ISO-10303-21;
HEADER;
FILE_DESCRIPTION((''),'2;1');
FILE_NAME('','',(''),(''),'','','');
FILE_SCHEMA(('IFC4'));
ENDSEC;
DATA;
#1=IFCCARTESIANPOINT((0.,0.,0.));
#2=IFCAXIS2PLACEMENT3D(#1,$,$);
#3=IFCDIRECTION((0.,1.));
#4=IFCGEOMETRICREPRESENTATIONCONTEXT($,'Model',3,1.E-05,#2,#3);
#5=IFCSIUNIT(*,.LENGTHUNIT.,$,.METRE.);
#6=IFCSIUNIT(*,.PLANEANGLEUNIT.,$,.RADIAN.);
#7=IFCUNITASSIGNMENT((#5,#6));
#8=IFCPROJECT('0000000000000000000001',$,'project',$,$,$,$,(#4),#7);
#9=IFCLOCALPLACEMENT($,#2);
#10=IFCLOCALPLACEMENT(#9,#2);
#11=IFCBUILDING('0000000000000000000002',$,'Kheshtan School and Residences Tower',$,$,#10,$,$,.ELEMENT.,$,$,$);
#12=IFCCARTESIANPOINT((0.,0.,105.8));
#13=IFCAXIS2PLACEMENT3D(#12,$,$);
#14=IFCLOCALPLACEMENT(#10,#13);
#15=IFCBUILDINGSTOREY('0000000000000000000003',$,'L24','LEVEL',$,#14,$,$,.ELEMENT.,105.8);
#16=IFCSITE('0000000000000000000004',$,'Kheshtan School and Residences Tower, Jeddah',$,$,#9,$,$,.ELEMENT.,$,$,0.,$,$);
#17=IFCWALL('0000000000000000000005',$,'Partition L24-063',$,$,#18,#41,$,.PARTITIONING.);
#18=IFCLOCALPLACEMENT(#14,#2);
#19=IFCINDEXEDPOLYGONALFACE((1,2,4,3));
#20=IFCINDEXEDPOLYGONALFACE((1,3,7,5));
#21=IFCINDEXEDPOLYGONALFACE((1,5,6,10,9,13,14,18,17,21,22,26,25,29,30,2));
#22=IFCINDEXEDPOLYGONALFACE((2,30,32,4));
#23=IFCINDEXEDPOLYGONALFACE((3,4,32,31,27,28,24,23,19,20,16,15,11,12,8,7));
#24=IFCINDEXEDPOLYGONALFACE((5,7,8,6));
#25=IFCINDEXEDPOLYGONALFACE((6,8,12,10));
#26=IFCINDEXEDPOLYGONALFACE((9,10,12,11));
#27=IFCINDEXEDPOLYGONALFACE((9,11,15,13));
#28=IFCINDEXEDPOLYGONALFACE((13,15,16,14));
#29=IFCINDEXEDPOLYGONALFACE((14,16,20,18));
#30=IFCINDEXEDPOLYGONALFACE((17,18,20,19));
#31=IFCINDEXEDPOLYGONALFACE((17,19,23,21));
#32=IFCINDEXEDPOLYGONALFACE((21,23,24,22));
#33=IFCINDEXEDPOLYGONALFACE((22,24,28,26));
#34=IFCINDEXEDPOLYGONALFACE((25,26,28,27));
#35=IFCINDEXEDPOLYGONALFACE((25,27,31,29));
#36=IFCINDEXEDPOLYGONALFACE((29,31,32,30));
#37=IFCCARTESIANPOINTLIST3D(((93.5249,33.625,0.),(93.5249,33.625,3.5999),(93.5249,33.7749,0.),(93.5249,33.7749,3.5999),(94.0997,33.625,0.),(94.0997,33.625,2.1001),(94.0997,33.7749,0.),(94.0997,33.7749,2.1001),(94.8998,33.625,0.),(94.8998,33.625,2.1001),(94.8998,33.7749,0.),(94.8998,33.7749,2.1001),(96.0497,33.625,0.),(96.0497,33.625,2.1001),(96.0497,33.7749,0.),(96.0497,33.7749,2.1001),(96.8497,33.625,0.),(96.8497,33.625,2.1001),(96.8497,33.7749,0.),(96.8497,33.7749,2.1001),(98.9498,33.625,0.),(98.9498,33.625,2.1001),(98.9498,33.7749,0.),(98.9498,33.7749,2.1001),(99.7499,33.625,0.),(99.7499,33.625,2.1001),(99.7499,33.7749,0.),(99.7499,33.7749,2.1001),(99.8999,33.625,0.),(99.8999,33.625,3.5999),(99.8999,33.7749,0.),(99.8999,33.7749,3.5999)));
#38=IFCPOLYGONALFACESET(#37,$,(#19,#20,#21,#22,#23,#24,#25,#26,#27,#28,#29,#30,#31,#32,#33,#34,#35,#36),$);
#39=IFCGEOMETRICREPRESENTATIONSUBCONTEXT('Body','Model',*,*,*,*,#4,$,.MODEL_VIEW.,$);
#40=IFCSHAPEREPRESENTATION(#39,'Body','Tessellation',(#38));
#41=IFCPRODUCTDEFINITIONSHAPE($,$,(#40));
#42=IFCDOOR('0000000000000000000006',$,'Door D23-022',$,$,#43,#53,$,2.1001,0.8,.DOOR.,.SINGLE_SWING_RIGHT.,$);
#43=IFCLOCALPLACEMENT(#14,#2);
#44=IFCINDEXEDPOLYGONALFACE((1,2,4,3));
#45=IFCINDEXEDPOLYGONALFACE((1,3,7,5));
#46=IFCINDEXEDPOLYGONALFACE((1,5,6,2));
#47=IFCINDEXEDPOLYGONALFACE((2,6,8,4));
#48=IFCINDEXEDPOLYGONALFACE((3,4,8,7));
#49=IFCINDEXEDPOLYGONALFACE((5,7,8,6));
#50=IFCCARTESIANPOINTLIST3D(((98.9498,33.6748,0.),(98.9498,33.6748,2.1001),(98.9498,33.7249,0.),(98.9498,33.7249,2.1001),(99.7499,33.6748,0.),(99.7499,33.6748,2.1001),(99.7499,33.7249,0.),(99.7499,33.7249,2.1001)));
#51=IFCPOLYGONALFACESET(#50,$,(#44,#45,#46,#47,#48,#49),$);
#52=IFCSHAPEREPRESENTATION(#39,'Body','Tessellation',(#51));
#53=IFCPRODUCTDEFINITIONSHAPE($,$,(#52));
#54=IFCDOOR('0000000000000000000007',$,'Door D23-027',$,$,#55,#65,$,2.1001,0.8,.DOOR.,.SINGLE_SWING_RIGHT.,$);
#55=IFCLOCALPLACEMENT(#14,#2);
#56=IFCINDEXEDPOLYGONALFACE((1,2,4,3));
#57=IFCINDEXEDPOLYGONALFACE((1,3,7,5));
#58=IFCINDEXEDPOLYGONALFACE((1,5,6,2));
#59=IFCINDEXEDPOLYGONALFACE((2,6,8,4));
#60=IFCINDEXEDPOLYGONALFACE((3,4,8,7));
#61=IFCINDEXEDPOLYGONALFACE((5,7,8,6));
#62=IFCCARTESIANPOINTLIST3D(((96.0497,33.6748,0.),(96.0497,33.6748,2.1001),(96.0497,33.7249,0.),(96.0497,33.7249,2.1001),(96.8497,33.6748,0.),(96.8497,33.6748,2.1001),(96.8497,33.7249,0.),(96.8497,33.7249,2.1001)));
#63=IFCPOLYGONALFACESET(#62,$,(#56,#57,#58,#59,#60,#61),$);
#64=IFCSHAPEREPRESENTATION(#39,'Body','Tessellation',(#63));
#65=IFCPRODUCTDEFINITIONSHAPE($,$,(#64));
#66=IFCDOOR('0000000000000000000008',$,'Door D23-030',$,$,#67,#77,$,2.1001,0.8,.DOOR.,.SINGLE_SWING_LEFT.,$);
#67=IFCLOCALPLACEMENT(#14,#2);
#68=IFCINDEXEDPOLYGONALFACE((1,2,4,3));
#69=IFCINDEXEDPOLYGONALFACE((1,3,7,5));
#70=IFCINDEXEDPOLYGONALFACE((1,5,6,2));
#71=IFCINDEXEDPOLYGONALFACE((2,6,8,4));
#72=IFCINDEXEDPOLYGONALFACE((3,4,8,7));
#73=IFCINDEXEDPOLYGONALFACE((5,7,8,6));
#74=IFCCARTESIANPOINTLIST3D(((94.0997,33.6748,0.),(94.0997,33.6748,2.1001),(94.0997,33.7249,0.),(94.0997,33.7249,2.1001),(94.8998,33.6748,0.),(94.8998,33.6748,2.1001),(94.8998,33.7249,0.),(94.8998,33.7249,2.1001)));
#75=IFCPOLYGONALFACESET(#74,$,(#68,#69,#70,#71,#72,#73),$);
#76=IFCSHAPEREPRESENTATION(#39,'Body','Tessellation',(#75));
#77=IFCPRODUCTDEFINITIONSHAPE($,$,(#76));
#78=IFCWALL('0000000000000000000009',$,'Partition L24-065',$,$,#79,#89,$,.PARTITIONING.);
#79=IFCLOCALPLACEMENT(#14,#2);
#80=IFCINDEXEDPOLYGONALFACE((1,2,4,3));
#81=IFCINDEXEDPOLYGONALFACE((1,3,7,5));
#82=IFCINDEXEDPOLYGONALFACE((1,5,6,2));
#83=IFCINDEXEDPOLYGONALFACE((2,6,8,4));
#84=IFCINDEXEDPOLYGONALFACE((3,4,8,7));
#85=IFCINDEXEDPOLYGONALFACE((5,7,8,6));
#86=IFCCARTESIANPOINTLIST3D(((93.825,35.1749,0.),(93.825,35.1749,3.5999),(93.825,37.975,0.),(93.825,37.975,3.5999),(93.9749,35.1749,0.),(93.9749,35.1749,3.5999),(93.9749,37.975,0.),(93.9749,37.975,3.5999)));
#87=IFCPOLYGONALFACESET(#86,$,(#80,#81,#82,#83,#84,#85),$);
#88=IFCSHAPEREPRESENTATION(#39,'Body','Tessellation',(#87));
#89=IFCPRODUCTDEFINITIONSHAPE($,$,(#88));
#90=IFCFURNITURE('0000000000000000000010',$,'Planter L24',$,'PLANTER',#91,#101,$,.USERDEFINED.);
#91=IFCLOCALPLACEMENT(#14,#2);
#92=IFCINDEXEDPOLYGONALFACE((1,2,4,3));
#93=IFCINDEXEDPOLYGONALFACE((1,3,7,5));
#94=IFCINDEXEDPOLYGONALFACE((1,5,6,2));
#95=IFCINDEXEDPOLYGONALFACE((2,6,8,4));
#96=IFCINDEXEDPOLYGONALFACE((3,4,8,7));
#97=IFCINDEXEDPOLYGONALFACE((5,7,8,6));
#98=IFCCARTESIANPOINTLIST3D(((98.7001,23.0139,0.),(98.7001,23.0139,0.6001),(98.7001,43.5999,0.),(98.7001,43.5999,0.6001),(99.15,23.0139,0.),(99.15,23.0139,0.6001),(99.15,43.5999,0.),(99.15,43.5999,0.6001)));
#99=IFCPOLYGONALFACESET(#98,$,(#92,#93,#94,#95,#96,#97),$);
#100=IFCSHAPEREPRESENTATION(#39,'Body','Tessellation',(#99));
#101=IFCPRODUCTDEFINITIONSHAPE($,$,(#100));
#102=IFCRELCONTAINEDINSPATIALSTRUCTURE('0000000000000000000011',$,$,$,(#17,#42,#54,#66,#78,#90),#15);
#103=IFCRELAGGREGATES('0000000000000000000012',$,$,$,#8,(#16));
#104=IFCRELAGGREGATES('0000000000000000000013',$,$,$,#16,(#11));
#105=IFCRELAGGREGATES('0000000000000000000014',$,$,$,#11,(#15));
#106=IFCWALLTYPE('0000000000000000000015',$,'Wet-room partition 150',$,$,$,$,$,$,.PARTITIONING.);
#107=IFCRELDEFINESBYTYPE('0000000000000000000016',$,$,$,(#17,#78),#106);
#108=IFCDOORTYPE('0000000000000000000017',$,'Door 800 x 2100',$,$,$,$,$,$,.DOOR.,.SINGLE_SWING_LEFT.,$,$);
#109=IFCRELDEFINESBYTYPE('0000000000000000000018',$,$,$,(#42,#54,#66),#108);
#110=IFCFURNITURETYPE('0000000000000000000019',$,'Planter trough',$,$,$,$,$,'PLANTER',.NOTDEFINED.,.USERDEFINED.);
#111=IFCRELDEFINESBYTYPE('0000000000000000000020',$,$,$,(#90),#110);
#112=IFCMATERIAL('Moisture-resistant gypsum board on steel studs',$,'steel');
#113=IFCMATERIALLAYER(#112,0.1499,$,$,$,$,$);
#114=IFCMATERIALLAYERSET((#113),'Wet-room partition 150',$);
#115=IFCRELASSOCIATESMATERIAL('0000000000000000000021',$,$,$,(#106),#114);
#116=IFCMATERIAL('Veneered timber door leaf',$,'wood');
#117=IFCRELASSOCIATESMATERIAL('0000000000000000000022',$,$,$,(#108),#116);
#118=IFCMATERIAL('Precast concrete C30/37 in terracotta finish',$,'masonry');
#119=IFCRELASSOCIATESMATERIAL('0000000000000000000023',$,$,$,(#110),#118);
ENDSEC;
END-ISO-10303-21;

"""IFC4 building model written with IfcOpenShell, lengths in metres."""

from ifc_helpers import new_model, si_unit, direction, frame, frame_2d, origin, origin_2d, place, context, subcontext, project, spatial, rectangle, extrude, source, transform, mapped, material, layer, layer_set, type_object, element, fill, save


model = new_model("IFC4")

# Units and contexts
model_context = context("Model", 3, precision=1e-05, world=origin(), true_north=direction((0.0, 1.0)))
body_context = subcontext(model_context, "Body", "Model", "MODEL_VIEW")
ifc_project = project(units=[si_unit("LENGTHUNIT", "METRE"), si_unit("PLANEANGLEUNIT", "RADIAN")], contexts=[model_context])

# Site, building, storey
site_placement = place(None, origin())
site = spatial("IfcSite", under=ifc_project, at=site_placement, Name="Kheshtan School and Residences Tower, Jeddah", CompositionType="ELEMENT", RefElevation=0.0)
building_placement = place(site_placement, origin())
building = spatial("IfcBuilding", under=site, at=building_placement, Name="Kheshtan School and Residences Tower", CompositionType="ELEMENT")
storey_placement = place(building_placement, frame((0.0, 0.0, 105.8)))
storey = spatial("IfcBuildingStorey", under=building, at=storey_placement, Name="L24", Description="LEVEL", CompositionType="ELEMENT", Elevation=105.8)

# Shared definitions
ifc_material_1 = material(Name="Moisture-resistant gypsum board on steel studs", Category="steel")
ifc_layer_1 = layer(ifc_material_1, 0.1499)
ifc_layer_set_1 = layer_set([ifc_layer_1], Name="Wet-room partition 150")
wall_type_1 = type_object("IfcWallType", Name="Wet-room partition 150", PredefinedType="PARTITIONING", material=ifc_layer_set_1)

# Shared definitions
ifc_material_2 = material(Name="Veneered timber door leaf", Category="wood")
door_type_1 = type_object("IfcDoorType", Name="Door 800 x 2100", OperationType="SINGLE_SWING_LEFT", PredefinedType="DOOR", material=ifc_material_2)
shared_shape_1 = source(origin(), body_context, "Body", "SweptSolid", [
    extrude(rectangle(XDim=0.8, YDim=2.1001, at=frame_2d((0.3999, 1.05))), frame((0.0, 0.0249, 0.0), z_axis=(0.0, -1.0, 0.0), x_axis=(1.0, 0.0, 0.0)), (0.0, 0.0, 1.0), 0.05),
])

# Wall, openings, doors
wall_1_placement = place(storey_placement, frame((93.5249, 33.7, 0.0), z_axis=(0.0, 0.0, 1.0), x_axis=(1.0, 0.0, 0.0)))
wall_1 = element("IfcWall", 1, at=wall_1_placement, inside=storey, type_object=wall_type_1, Name="Partition L24-063", PredefinedType="PARTITIONING", context=body_context, shape_type="SweptSolid", body=[
    extrude(rectangle(XDim=6.375, YDim=0.1499, at=frame_2d((3.1875, 0.0))), origin(), (0.0, 0.0, 1.0), 3.5999),
])
opening_1_placement = place(wall_1_placement, frame((5.425, 0.0, 0.0)))
opening_1 = element("IfcOpeningElement", 2, at=opening_1_placement, cuts=wall_1, PredefinedType="OPENING", context=body_context, shape_type="SweptSolid", body=[
    extrude(rectangle(XDim=0.8, YDim=2.1001, at=frame_2d((0.3999, 1.05))), frame((0.0, 0.085, 0.0), z_axis=(0.0, -1.0, 0.0), x_axis=(1.0, 0.0, 0.0)), (0.0, 0.0, 1.0), 0.1699),
])
opening_2_placement = place(wall_1_placement, frame((2.5249, 0.0, 0.0)))
opening_2 = element("IfcOpeningElement", 3, at=opening_2_placement, cuts=wall_1, PredefinedType="OPENING", context=body_context, shape_type="SweptSolid", body=[
    extrude(rectangle(XDim=0.8, YDim=2.1001, at=frame_2d((0.3999, 1.05))), frame((0.0, 0.085, 0.0), z_axis=(0.0, -1.0, 0.0), x_axis=(1.0, 0.0, 0.0)), (0.0, 0.0, 1.0), 0.1699),
])
opening_3_placement = place(wall_1_placement, frame((0.575, 0.0, 0.0)))
opening_3 = element("IfcOpeningElement", 4, at=opening_3_placement, cuts=wall_1, PredefinedType="OPENING", context=body_context, shape_type="SweptSolid", body=[
    extrude(rectangle(XDim=0.8, YDim=2.1001, at=frame_2d((0.3999, 1.05))), frame((0.0, 0.085, 0.0), z_axis=(0.0, -1.0, 0.0), x_axis=(1.0, 0.0, 0.0)), (0.0, 0.0, 1.0), 0.1699),
])
door_1_placement = place(opening_1_placement, origin())
door_1 = element("IfcDoor", 5, at=door_1_placement, inside=storey, type_object=door_type_1, Name="Door D23-022", OperationType="SINGLE_SWING_RIGHT", OverallHeight=2.1001, OverallWidth=0.8, PredefinedType="DOOR", context=body_context, shape_type="MappedRepresentation", body=[
    mapped(shared_shape_1, transform((0.0, 0.0, 0.0), x_axis=(1.0, 0.0, 0.0), y_axis=(0.0, 1.0, 0.0), z_axis=(0.0, 0.0, 1.0), scale=1.0)),
])
fill(opening_1, door_1)
door_2_placement = place(opening_2_placement, origin())
door_2 = element("IfcDoor", 6, at=door_2_placement, inside=storey, type_object=door_type_1, Name="Door D23-027", OperationType="SINGLE_SWING_RIGHT", OverallHeight=2.1001, OverallWidth=0.8, PredefinedType="DOOR", context=body_context, shape_type="MappedRepresentation", body=[
    mapped(shared_shape_1, transform((0.0, 0.0, 0.0), x_axis=(1.0, 0.0, 0.0), y_axis=(0.0, 1.0, 0.0), z_axis=(0.0, 0.0, 1.0), scale=1.0)),
])
fill(opening_2, door_2)
door_3_placement = place(opening_3_placement, origin())
door_3 = element("IfcDoor", 7, at=door_3_placement, inside=storey, type_object=door_type_1, Name="Door D23-030", OperationType="SINGLE_SWING_LEFT", OverallHeight=2.1001, OverallWidth=0.8, PredefinedType="DOOR", context=body_context, shape_type="MappedRepresentation", body=[
    mapped(shared_shape_1, transform((0.0, 0.0, 0.0), x_axis=(1.0, 0.0, 0.0), y_axis=(0.0, 1.0, 0.0), z_axis=(0.0, 0.0, 1.0), scale=1.0)),
])
fill(opening_3, door_3)

# Wall
wall_2_placement = place(storey_placement, frame((93.8999, 35.175, 0.0), z_axis=(0.0, 0.0, 1.0), x_axis=(0.0, 1.0, 0.0)))
element("IfcWall", 8, at=wall_2_placement, inside=storey, type_object=wall_type_1, Name="Partition L24-065", PredefinedType="PARTITIONING", context=body_context, shape_type="SweptSolid", body=[
    extrude(rectangle(XDim=2.8, YDim=0.1499, at=frame_2d((1.3999, 0.0))), origin(), (0.0, 0.0, 1.0), 3.5999),
])

# Furniture
ifc_material_3 = material(Name="Precast concrete C30/37 in terracotta finish", Category="masonry")
furniture_type = type_object("IfcFurnitureType", Name="Planter trough", ElementType="PLANTER", AssemblyPlace="NOTDEFINED", PredefinedType="USERDEFINED", material=ifc_material_3)
furniture_placement = place(storey_placement, frame((98.925, 33.3069, 0.0), z_axis=(0.0, 0.0, 1.0), x_axis=(0.0, -1.0, 0.0)))
element("IfcFurniture", 9, at=furniture_placement, inside=storey, type_object=furniture_type, Name="Planter L24", ObjectType="PLANTER", PredefinedType="USERDEFINED", context=body_context, shape_type="SweptSolid", body=[
    extrude(rectangle(XDim=20.5859, YDim=0.45, at=origin_2d()), origin(), (0.0, 0.0, 1.0), 0.6001),
])

save(model, "model.ifc")
